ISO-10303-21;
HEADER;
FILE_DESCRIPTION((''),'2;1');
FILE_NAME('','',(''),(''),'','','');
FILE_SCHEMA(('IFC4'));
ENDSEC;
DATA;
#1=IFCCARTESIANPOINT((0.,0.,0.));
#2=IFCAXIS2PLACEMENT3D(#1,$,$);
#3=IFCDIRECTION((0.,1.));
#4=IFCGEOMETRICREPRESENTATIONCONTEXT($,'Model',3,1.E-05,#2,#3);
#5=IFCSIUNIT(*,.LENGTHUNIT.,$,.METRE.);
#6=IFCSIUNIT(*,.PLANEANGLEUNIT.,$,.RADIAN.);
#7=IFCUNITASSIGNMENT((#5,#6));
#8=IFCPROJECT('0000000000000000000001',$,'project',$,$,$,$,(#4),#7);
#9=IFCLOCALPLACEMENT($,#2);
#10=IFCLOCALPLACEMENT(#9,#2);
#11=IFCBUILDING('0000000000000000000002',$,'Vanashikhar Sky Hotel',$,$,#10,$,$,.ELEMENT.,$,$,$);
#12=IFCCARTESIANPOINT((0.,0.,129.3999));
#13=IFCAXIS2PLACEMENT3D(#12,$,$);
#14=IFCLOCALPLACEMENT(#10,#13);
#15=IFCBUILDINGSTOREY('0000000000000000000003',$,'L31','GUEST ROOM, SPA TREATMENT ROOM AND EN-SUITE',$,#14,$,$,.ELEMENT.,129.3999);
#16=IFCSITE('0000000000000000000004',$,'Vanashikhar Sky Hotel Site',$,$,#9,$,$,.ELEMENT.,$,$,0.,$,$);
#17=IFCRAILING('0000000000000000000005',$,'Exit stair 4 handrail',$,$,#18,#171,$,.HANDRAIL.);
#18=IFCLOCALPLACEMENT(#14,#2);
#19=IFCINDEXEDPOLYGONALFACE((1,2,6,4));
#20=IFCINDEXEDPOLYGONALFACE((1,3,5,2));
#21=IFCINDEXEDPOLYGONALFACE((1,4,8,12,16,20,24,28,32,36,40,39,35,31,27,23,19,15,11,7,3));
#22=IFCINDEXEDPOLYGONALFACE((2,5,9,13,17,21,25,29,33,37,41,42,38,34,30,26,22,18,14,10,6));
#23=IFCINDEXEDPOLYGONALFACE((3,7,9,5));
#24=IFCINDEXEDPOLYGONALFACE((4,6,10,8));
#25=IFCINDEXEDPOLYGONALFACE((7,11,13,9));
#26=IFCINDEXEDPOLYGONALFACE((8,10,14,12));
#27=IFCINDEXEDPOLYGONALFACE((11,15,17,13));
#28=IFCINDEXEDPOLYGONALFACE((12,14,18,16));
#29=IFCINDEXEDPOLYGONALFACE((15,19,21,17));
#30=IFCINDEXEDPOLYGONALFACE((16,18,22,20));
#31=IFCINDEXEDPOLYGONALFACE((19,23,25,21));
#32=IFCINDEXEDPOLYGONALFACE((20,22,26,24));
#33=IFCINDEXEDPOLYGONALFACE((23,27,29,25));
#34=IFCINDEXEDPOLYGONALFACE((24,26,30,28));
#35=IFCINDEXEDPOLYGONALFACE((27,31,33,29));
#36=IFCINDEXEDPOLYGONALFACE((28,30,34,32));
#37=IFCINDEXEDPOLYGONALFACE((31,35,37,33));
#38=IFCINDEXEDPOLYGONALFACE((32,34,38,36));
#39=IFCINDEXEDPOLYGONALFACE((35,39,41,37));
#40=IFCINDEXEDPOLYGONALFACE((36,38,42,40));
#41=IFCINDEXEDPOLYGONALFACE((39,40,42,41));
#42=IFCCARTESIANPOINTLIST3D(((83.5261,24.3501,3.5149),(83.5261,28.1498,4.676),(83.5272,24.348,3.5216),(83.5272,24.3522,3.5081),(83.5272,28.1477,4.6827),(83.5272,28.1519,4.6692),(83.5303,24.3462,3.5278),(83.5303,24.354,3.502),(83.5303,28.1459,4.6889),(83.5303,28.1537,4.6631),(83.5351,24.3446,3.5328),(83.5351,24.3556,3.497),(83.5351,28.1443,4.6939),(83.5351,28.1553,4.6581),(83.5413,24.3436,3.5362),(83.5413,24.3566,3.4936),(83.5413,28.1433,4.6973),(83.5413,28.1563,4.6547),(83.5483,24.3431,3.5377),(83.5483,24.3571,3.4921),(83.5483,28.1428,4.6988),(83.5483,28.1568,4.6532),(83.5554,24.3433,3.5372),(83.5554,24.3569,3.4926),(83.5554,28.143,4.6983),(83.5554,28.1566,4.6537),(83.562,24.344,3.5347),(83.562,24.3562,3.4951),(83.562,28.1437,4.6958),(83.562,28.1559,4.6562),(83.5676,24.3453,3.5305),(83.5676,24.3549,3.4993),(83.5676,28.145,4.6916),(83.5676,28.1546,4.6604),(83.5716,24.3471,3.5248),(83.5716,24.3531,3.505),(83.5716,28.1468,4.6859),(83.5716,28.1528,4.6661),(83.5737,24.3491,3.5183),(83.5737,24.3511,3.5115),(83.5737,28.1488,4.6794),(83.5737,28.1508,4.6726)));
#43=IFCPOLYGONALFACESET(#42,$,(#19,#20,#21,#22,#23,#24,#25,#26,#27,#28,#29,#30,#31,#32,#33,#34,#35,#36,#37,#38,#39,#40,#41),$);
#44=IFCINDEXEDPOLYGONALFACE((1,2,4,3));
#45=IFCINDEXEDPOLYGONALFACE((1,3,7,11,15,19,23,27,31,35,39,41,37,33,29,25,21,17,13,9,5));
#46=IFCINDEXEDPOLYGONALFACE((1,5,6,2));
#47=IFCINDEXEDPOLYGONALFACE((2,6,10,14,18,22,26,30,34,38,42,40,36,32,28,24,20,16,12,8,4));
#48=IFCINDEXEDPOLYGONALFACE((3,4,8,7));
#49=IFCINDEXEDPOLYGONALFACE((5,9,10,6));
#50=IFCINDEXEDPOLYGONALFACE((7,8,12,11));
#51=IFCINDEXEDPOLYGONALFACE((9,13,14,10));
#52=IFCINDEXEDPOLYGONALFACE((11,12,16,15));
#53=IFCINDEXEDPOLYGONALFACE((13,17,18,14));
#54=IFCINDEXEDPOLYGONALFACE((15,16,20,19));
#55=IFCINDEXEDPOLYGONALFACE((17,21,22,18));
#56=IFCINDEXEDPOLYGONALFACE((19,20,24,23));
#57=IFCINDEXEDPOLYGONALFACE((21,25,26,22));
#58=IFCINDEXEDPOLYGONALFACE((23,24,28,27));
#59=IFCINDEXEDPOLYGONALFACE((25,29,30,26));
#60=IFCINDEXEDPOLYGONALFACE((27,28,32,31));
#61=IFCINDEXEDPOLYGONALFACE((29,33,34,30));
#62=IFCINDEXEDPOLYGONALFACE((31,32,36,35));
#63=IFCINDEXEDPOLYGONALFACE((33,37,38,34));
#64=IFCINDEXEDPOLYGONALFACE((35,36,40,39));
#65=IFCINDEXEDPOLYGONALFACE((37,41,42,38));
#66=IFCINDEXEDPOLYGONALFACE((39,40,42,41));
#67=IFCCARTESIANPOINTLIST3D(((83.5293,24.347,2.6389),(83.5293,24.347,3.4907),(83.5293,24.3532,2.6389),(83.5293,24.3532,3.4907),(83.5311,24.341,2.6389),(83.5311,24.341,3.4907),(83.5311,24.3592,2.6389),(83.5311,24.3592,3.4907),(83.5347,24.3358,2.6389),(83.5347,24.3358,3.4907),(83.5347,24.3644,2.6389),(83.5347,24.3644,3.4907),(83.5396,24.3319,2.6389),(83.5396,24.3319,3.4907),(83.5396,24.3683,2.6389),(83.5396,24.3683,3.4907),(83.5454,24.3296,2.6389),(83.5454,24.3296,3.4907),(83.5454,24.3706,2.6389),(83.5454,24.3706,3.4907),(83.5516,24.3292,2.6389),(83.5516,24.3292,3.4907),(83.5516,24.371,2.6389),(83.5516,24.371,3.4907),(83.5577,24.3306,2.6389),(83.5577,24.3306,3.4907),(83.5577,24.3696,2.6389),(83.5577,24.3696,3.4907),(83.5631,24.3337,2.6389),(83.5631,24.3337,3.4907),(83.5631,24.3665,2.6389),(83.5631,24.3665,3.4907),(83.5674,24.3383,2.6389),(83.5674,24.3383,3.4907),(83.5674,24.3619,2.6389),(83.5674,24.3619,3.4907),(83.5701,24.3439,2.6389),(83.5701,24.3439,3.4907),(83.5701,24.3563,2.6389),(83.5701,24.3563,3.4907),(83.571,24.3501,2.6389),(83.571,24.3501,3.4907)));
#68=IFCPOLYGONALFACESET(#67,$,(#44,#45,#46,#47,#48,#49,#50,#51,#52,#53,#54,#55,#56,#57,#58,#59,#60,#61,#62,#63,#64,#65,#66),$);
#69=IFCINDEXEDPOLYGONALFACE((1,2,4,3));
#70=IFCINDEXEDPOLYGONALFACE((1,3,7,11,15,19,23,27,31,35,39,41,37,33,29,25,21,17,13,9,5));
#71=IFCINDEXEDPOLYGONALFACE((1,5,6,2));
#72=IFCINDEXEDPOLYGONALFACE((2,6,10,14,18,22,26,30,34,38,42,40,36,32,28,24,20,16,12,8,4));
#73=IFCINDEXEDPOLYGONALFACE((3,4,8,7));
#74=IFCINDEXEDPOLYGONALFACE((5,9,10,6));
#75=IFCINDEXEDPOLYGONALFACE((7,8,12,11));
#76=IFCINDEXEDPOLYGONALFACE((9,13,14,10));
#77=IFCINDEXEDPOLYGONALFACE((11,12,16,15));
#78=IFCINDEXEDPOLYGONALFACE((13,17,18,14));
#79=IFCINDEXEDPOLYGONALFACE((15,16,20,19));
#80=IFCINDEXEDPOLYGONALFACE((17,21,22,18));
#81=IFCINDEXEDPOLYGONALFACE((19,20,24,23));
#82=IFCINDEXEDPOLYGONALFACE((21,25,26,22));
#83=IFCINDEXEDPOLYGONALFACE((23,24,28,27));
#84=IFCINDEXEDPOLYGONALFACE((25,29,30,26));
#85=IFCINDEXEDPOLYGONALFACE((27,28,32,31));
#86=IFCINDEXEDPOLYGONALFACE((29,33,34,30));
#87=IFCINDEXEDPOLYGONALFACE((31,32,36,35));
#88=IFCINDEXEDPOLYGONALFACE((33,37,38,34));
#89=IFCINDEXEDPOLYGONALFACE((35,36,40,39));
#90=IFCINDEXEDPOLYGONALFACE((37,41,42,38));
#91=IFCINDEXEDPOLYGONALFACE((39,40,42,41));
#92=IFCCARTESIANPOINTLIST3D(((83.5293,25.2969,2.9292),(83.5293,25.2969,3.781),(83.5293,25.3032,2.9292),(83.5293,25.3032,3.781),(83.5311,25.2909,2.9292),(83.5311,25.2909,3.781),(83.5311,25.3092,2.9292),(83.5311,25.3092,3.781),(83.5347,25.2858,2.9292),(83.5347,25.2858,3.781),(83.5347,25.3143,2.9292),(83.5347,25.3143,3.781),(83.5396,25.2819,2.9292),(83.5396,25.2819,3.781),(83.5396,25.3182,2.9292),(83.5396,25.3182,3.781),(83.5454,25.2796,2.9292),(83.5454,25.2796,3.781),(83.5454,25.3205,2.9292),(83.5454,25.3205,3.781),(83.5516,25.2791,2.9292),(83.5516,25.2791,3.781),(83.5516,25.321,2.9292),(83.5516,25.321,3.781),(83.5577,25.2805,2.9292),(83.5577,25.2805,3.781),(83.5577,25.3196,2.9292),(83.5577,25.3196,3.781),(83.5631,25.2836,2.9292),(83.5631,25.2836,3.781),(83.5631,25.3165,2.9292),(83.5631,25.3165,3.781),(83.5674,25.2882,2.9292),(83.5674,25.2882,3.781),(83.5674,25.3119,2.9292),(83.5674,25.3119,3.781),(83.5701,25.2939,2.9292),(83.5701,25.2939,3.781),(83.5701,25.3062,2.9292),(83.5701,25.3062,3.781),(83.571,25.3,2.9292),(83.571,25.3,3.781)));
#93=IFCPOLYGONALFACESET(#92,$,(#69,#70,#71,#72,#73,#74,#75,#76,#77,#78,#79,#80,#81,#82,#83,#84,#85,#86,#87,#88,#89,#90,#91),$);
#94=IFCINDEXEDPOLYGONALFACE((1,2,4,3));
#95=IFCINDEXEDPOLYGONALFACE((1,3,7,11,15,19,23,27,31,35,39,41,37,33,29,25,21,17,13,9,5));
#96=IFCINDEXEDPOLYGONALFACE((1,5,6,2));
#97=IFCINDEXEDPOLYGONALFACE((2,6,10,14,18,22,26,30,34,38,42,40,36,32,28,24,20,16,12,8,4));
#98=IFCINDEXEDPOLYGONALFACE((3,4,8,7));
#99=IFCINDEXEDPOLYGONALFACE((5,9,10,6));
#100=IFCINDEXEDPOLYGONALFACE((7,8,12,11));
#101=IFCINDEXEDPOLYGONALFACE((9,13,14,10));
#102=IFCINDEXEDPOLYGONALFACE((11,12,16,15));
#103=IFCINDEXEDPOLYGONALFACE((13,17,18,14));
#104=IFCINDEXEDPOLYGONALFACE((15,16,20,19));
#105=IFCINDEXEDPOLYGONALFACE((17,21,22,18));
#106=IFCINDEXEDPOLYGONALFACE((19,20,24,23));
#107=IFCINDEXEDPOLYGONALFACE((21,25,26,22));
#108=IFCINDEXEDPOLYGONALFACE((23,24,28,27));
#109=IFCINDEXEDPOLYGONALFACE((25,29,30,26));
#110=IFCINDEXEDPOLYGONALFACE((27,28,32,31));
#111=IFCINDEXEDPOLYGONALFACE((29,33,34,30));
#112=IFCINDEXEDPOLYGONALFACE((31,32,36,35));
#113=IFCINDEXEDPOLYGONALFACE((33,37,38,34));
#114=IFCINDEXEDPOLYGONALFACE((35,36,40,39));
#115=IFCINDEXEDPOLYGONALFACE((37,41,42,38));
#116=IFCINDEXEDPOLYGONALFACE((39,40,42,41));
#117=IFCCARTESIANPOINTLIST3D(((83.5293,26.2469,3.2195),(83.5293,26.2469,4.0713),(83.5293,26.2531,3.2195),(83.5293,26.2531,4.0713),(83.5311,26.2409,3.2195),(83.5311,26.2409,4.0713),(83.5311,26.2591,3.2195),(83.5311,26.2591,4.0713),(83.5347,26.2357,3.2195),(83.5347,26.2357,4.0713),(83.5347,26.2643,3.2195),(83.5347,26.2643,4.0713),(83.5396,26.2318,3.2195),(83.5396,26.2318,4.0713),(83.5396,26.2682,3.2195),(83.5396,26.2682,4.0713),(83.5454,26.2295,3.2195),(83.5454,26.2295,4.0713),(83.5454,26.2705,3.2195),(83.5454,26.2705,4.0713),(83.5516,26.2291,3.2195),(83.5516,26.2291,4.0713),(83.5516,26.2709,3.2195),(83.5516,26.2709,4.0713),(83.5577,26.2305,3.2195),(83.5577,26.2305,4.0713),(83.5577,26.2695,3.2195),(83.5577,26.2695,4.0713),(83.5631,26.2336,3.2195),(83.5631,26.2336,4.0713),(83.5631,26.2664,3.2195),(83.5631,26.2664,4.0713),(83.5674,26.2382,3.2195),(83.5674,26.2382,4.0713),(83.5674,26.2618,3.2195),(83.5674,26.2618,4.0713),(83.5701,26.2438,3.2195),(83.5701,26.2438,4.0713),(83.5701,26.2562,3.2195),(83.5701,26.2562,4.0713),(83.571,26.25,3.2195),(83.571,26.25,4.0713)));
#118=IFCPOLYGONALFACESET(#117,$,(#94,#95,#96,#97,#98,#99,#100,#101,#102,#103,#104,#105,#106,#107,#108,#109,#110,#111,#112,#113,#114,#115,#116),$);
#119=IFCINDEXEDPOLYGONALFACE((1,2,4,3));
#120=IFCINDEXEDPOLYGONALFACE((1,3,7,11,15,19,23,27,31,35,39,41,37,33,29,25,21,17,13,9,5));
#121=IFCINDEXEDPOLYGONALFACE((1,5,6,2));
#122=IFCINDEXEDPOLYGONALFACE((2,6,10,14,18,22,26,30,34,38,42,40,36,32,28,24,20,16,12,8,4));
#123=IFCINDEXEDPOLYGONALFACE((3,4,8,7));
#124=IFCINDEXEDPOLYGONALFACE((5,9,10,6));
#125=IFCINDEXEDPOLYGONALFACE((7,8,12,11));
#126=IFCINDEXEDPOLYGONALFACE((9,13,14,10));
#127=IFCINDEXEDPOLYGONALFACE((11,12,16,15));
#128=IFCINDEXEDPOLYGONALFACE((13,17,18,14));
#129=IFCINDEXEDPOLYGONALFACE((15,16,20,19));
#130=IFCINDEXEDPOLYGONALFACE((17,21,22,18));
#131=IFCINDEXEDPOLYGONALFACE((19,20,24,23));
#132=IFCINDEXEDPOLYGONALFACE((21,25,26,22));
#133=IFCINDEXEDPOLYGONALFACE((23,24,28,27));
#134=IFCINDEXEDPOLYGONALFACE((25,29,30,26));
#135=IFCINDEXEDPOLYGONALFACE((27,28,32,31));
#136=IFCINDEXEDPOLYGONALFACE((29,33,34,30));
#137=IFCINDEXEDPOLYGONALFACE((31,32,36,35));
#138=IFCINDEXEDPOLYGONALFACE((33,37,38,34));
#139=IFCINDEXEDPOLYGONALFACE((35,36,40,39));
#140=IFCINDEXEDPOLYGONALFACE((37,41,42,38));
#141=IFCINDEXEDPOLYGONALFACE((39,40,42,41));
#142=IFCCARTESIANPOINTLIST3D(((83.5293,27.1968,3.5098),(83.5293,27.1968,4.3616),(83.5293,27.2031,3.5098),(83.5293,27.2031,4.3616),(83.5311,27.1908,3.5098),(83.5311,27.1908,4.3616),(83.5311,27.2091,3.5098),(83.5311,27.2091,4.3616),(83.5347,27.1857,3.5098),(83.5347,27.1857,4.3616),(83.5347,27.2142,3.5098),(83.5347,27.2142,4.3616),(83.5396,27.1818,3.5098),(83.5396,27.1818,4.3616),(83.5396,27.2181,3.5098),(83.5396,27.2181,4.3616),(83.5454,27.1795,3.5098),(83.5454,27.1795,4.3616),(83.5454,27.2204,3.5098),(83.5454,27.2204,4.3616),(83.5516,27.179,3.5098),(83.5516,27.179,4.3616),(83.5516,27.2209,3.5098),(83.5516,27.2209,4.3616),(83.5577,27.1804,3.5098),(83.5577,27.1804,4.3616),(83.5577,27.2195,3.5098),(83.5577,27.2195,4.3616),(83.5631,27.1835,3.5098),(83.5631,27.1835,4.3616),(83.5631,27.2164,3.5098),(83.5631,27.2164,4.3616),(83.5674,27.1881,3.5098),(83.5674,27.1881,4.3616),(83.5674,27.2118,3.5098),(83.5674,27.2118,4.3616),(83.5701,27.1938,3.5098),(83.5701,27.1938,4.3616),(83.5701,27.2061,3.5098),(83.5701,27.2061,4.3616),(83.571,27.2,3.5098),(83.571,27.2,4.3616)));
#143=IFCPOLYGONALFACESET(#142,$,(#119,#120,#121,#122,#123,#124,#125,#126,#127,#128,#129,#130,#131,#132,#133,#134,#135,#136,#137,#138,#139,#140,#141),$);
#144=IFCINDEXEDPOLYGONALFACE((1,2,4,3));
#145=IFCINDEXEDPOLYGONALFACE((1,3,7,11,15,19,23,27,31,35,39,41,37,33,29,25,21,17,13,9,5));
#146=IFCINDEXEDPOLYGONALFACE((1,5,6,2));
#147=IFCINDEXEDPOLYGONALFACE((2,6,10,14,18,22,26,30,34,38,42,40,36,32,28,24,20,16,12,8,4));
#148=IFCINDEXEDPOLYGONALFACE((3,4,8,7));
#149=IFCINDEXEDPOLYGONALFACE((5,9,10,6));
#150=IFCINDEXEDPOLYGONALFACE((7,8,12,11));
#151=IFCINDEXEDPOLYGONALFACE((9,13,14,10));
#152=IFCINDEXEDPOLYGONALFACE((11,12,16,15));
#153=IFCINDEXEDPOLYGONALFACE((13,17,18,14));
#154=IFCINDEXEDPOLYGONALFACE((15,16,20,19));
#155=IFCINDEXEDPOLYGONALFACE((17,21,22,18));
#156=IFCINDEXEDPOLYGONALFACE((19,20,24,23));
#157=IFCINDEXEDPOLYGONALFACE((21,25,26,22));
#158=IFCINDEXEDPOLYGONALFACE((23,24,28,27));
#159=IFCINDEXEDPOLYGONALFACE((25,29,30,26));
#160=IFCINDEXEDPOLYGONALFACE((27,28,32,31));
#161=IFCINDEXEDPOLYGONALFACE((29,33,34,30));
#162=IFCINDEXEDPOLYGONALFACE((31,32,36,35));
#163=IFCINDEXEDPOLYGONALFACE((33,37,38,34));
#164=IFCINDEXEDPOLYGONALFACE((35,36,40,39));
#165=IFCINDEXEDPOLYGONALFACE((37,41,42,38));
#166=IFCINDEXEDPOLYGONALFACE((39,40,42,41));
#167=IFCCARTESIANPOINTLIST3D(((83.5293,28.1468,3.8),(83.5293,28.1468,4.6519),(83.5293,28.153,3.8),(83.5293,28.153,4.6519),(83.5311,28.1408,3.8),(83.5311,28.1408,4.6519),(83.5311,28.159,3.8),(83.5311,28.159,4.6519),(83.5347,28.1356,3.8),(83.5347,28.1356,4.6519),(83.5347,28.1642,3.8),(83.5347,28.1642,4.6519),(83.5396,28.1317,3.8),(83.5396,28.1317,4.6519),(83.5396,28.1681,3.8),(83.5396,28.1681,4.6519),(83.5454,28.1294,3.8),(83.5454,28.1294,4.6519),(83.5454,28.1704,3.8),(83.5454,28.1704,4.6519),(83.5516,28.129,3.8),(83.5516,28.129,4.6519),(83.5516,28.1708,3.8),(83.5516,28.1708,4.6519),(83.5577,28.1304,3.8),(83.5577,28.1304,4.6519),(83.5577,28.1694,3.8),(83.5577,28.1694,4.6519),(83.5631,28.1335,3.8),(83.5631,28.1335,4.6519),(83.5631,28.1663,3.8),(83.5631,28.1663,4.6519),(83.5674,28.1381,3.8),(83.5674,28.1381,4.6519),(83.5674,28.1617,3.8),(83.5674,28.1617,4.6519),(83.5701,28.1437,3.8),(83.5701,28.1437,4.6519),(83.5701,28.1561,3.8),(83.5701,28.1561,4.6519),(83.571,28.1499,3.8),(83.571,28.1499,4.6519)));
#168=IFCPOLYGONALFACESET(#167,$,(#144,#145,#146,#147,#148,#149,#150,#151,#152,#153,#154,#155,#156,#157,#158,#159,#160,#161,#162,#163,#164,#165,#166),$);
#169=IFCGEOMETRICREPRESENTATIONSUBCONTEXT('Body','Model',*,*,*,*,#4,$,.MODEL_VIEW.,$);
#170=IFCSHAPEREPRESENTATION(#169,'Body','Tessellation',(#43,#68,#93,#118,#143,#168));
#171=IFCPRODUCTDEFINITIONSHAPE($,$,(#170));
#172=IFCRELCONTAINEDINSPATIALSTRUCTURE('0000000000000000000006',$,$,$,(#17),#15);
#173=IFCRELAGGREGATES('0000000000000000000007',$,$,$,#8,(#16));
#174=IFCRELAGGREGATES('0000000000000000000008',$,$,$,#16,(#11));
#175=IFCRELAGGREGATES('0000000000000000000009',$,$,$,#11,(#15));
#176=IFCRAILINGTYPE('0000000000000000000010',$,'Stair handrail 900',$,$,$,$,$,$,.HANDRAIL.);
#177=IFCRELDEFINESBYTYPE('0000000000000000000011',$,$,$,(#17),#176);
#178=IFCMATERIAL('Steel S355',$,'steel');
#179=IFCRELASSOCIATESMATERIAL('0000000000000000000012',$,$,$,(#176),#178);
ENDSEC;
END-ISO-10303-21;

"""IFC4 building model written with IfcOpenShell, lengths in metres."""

from ifc_helpers import new_model, si_unit, direction, frame, origin, origin_2d, place, context, subcontext, project, spatial, circle, extrude, source, transform, mapped, material, type_object, element, save


model = new_model("IFC4")

# Units and contexts
model_context = context("Model", 3, precision=1e-05, world=origin(), true_north=direction((0.0, 1.0)))
body_context = subcontext(model_context, "Body", "Model", "MODEL_VIEW")
ifc_project = project(units=[si_unit("LENGTHUNIT", "METRE"), si_unit("PLANEANGLEUNIT", "RADIAN")], contexts=[model_context])

# Site, building, storey
site_placement = place(None, origin())
site = spatial("IfcSite", under=ifc_project, at=site_placement, Name="Vanashikhar Sky Hotel Site", CompositionType="ELEMENT", RefElevation=0.0)
building_placement = place(site_placement, origin())
building = spatial("IfcBuilding", under=site, at=building_placement, Name="Vanashikhar Sky Hotel", CompositionType="ELEMENT")
storey_placement = place(building_placement, frame((0.0, 0.0, 129.3999)))
storey = spatial("IfcBuildingStorey", under=building, at=storey_placement, Name="L31", Description="GUEST ROOM, SPA TREATMENT ROOM AND EN-SUITE", CompositionType="ELEMENT", Elevation=129.3999)

# Railing
ifc_material_1 = material(Name="Steel S355", Category="steel")
railing_type_1 = type_object("IfcRailingType", Name="Stair handrail 900", PredefinedType="HANDRAIL", material=ifc_material_1)
shared_shape_1 = source(origin(), body_context, "Body", "SweptSolid", [
    extrude(circle(Radius=0.0239, at=origin_2d()), frame((0.0, 0.0, 0.876), z_axis=(0.0, 0.956346, 0.292237), x_axis=(-1.0, 0.0, 0.0)), (0.0, 0.0, 1.0), 3.9731),
    extrude(circle(Radius=0.021, at=origin_2d()), origin(), (0.0, 0.0, 1.0), 0.8518),
    extrude(circle(Radius=0.021, at=origin_2d()), frame((0.0, 0.95, 0.2903)), (0.0, 0.0, 1.0), 0.8518),
    extrude(circle(Radius=0.021, at=origin_2d()), frame((0.0, 1.8999, 0.5806)), (0.0, 0.0, 1.0), 0.8518),
    extrude(circle(Radius=0.021, at=origin_2d()), frame((0.0, 2.8499, 0.8708)), (0.0, 0.0, 1.0), 0.8518),
    extrude(circle(Radius=0.021, at=origin_2d()), frame((0.0, 3.7998, 1.1611)), (0.0, 0.0, 1.0), 0.8518),
])
for number, where, name in (
    (1, (83.55, 24.3501, 2.6389), "Exit stair 4 handrail"),
):
    element("IfcRailing", number, at=place(storey_placement, frame(where)), inside=storey, type_object=railing_type_1, Name=name, PredefinedType="HANDRAIL", context=body_context, shape_type="MappedRepresentation", body=[
        mapped(shared_shape_1, transform((0.0, 0.0, 0.0), scale=1.0)),
    ])

save(model, "model.ifc")
